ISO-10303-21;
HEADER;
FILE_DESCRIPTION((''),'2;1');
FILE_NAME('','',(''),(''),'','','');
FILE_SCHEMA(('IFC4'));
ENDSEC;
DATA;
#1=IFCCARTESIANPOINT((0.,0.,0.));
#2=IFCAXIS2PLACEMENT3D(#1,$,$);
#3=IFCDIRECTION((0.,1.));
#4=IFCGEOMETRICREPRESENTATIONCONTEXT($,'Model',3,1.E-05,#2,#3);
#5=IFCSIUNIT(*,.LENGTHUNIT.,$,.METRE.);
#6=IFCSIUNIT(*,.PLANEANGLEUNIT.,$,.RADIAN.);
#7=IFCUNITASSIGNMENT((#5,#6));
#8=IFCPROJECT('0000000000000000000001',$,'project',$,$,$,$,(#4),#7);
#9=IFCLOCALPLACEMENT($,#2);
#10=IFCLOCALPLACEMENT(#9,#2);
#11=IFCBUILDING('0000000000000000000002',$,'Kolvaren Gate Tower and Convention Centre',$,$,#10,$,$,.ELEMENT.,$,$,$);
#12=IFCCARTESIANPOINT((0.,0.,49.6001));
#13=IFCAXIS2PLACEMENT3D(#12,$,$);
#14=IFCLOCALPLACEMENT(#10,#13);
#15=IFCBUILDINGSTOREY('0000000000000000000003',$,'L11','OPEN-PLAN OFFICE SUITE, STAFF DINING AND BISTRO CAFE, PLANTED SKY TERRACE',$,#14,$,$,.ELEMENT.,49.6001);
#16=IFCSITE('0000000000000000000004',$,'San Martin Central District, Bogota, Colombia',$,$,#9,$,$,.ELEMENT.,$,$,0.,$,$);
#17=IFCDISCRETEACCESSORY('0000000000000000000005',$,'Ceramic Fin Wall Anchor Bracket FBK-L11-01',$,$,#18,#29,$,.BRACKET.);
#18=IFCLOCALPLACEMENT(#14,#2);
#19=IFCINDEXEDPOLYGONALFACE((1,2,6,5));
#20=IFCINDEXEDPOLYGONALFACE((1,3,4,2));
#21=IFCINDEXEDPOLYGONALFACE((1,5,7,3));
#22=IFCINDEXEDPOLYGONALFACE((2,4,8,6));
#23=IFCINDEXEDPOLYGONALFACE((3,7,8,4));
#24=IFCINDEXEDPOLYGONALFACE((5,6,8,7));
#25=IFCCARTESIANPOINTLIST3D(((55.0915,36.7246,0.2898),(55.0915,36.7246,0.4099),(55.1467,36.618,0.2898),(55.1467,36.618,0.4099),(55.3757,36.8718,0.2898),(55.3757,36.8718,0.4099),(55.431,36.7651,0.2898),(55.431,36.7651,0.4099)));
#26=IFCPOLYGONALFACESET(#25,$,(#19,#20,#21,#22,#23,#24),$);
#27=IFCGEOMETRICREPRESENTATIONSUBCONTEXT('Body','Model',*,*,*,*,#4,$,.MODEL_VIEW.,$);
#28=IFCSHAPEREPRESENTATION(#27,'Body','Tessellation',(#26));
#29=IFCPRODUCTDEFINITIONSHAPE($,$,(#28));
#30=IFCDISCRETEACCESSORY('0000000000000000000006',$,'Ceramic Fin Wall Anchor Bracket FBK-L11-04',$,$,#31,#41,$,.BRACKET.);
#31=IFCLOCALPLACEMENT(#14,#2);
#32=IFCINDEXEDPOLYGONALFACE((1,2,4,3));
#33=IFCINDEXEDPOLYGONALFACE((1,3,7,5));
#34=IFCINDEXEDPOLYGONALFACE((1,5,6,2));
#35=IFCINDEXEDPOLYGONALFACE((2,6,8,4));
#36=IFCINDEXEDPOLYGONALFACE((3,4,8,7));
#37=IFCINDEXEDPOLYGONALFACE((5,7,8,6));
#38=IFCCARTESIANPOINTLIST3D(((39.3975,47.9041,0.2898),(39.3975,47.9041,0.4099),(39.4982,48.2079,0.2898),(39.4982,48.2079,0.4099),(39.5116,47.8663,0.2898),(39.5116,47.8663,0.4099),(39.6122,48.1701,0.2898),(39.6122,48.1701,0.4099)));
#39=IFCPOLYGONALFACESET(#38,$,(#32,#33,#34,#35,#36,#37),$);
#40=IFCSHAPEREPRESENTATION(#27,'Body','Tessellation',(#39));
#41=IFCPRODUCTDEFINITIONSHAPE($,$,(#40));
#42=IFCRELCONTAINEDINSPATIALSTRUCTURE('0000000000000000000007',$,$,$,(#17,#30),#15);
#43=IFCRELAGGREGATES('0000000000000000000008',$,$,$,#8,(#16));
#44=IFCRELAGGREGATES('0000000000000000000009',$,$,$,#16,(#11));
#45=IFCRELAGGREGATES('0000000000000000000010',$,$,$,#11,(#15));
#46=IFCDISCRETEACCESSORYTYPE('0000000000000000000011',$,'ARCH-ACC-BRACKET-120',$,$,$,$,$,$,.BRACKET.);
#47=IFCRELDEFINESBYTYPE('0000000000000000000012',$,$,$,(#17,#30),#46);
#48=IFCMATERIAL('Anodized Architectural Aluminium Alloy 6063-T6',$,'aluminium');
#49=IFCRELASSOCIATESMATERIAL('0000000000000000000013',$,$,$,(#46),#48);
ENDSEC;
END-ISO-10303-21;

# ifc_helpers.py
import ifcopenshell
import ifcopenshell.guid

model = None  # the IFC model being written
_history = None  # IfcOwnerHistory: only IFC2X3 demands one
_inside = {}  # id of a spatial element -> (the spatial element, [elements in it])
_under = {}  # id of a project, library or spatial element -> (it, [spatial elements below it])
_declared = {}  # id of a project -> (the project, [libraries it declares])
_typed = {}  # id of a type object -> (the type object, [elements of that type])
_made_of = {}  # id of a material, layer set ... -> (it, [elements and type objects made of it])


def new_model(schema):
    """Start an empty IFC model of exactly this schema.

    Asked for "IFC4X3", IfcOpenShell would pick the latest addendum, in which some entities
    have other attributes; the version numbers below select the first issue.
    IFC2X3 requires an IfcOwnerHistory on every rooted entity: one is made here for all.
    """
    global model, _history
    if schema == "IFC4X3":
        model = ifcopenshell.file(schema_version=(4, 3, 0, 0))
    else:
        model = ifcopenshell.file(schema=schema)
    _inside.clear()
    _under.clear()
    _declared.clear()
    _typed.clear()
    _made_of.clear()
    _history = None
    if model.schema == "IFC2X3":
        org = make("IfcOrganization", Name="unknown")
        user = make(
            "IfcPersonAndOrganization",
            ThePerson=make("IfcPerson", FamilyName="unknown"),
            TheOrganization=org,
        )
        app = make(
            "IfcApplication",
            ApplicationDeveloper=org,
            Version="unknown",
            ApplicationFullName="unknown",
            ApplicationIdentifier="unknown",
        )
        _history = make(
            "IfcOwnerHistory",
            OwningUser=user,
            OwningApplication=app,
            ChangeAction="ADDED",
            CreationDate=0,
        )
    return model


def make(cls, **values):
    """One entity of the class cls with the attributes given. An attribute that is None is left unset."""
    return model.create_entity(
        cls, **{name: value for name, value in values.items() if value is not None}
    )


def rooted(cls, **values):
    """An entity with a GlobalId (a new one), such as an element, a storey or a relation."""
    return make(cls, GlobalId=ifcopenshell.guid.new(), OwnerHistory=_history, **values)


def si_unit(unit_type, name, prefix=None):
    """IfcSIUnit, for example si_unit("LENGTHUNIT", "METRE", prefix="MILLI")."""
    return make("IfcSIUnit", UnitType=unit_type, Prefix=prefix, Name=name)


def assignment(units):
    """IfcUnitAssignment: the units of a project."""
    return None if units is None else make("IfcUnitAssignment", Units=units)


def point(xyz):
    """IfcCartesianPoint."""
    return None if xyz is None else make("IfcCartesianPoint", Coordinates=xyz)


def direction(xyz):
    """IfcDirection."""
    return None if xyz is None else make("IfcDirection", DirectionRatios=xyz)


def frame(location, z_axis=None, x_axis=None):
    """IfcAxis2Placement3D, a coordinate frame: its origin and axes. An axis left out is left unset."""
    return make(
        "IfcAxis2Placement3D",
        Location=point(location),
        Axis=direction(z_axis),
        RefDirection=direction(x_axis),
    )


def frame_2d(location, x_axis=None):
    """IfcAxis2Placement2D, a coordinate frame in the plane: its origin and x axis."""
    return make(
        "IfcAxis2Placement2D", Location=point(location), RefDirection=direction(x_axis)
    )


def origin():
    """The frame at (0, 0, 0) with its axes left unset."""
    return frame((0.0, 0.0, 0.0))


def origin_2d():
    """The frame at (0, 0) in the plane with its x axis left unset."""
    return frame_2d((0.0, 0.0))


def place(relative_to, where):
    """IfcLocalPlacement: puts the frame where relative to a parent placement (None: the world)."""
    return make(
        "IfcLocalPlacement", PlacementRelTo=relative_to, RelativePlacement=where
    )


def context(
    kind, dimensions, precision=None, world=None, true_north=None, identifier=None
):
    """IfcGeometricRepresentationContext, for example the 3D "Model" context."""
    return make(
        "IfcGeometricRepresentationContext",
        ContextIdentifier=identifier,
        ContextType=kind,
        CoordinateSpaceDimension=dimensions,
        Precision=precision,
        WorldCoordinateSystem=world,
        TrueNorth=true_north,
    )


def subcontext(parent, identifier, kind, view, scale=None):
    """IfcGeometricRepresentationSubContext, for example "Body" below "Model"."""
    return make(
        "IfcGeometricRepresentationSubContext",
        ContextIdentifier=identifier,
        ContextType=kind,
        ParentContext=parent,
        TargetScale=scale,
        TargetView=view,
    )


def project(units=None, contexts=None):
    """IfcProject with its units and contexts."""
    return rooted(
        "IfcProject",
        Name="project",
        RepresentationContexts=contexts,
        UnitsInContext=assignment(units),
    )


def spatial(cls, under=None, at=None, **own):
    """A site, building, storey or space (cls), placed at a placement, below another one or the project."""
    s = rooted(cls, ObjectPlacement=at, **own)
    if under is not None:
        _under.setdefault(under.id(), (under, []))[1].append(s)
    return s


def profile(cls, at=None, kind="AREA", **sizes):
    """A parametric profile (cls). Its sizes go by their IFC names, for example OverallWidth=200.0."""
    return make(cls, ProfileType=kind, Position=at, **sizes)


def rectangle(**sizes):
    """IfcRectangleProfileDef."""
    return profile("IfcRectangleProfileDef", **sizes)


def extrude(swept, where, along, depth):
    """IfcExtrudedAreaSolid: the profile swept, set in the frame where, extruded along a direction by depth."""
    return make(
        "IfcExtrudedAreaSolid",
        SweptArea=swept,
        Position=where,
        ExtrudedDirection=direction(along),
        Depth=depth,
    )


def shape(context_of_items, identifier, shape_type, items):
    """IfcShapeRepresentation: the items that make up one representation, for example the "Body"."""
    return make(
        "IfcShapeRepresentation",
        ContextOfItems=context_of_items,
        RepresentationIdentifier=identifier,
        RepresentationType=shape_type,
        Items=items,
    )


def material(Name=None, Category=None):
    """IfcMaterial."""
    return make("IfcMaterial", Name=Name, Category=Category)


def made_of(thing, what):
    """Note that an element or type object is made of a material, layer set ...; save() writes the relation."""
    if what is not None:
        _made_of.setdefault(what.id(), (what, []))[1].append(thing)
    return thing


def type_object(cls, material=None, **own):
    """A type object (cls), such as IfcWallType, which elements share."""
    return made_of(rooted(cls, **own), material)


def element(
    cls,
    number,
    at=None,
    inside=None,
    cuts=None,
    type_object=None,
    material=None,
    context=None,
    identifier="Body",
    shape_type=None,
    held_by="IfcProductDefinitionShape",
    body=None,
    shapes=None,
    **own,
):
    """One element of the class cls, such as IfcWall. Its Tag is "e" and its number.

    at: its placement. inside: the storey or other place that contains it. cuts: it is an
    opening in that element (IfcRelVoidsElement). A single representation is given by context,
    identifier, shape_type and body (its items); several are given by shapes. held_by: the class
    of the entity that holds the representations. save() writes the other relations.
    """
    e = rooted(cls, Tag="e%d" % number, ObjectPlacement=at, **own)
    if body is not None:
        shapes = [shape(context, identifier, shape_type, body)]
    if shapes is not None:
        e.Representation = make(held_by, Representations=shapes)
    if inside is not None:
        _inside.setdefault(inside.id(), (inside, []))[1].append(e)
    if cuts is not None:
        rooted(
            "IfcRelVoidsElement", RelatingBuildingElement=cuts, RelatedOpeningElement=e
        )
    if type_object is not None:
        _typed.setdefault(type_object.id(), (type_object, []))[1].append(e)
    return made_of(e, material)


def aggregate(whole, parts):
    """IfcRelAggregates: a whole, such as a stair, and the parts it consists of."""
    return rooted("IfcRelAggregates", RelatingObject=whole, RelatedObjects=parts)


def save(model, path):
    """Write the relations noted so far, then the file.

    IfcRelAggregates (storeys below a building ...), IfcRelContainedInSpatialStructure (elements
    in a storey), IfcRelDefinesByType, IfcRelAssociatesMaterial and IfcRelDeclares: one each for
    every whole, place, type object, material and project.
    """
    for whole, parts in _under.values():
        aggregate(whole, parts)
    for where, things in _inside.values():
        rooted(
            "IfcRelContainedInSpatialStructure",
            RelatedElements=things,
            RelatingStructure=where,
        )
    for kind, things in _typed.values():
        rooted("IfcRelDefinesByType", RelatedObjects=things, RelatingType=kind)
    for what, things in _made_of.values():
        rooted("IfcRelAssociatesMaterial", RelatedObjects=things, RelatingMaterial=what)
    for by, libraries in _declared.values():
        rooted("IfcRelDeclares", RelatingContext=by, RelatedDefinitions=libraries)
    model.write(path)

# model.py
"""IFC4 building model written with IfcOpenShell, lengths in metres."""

from ifc_helpers import new_model, si_unit, direction, frame, origin, origin_2d, place, context, subcontext, project, spatial, rectangle, extrude, material, type_object, element, save


model = new_model("IFC4")

# Units and contexts
model_context = context("Model", 3, precision=1e-05, world=origin(), true_north=direction((0.0, 1.0)))
body_context = subcontext(model_context, "Body", "Model", "MODEL_VIEW")
ifc_project = project(units=[si_unit("LENGTHUNIT", "METRE"), si_unit("PLANEANGLEUNIT", "RADIAN")], contexts=[model_context])

# Site, building, storey
site_placement = place(None, origin())
site = spatial("IfcSite", under=ifc_project, at=site_placement, Name="San Martin Central District, Bogota, Colombia", CompositionType="ELEMENT", RefElevation=0.0)
building_placement = place(site_placement, origin())
building = spatial("IfcBuilding", under=site, at=building_placement, Name="Kolvaren Gate Tower and Convention Centre", CompositionType="ELEMENT")
storey_placement = place(building_placement, frame((0.0, 0.0, 49.6001)))
storey = spatial("IfcBuildingStorey", under=building, at=storey_placement, Name="L11", Description="OPEN-PLAN OFFICE SUITE, STAFF DINING AND BISTRO CAFE, PLANTED SKY TERRACE", CompositionType="ELEMENT", Elevation=49.6001)

# Shared definitions
ifc_material_1 = material(Name="Anodized Architectural Aluminium Alloy 6063-T6", Category="aluminium")

# Discrete accessories
discrete_accessory_type = type_object("IfcDiscreteAccessoryType", Name="ARCH-ACC-BRACKET-120", PredefinedType="BRACKET", material=ifc_material_1)
for number, where, z_axis, x_axis, name in (
    (1, (55.2612, 36.7449, 0.2898), (0.0, 0.0, 1.0), (0.459789, -0.888028, 0.0), "Ceramic Fin Wall Anchor Bracket FBK-L11-01"),
    (2, (39.5049, 48.0371, 0.2898), (0.0, 0.0, 1.0), (0.949243, -0.314544, 0.0), "Ceramic Fin Wall Anchor Bracket FBK-L11-04"),
):
    element("IfcDiscreteAccessory", number, at=place(storey_placement, frame(where, z_axis=z_axis, x_axis=x_axis)), inside=storey, type_object=discrete_accessory_type, Name=name, PredefinedType="BRACKET", context=body_context, shape_type="SweptSolid", body=[
        extrude(rectangle(XDim=0.1201, YDim=0.3201, at=origin_2d()), origin(), (0.0, 0.0, 1.0), 0.1201),
    ])

save(model, "model.ifc")
